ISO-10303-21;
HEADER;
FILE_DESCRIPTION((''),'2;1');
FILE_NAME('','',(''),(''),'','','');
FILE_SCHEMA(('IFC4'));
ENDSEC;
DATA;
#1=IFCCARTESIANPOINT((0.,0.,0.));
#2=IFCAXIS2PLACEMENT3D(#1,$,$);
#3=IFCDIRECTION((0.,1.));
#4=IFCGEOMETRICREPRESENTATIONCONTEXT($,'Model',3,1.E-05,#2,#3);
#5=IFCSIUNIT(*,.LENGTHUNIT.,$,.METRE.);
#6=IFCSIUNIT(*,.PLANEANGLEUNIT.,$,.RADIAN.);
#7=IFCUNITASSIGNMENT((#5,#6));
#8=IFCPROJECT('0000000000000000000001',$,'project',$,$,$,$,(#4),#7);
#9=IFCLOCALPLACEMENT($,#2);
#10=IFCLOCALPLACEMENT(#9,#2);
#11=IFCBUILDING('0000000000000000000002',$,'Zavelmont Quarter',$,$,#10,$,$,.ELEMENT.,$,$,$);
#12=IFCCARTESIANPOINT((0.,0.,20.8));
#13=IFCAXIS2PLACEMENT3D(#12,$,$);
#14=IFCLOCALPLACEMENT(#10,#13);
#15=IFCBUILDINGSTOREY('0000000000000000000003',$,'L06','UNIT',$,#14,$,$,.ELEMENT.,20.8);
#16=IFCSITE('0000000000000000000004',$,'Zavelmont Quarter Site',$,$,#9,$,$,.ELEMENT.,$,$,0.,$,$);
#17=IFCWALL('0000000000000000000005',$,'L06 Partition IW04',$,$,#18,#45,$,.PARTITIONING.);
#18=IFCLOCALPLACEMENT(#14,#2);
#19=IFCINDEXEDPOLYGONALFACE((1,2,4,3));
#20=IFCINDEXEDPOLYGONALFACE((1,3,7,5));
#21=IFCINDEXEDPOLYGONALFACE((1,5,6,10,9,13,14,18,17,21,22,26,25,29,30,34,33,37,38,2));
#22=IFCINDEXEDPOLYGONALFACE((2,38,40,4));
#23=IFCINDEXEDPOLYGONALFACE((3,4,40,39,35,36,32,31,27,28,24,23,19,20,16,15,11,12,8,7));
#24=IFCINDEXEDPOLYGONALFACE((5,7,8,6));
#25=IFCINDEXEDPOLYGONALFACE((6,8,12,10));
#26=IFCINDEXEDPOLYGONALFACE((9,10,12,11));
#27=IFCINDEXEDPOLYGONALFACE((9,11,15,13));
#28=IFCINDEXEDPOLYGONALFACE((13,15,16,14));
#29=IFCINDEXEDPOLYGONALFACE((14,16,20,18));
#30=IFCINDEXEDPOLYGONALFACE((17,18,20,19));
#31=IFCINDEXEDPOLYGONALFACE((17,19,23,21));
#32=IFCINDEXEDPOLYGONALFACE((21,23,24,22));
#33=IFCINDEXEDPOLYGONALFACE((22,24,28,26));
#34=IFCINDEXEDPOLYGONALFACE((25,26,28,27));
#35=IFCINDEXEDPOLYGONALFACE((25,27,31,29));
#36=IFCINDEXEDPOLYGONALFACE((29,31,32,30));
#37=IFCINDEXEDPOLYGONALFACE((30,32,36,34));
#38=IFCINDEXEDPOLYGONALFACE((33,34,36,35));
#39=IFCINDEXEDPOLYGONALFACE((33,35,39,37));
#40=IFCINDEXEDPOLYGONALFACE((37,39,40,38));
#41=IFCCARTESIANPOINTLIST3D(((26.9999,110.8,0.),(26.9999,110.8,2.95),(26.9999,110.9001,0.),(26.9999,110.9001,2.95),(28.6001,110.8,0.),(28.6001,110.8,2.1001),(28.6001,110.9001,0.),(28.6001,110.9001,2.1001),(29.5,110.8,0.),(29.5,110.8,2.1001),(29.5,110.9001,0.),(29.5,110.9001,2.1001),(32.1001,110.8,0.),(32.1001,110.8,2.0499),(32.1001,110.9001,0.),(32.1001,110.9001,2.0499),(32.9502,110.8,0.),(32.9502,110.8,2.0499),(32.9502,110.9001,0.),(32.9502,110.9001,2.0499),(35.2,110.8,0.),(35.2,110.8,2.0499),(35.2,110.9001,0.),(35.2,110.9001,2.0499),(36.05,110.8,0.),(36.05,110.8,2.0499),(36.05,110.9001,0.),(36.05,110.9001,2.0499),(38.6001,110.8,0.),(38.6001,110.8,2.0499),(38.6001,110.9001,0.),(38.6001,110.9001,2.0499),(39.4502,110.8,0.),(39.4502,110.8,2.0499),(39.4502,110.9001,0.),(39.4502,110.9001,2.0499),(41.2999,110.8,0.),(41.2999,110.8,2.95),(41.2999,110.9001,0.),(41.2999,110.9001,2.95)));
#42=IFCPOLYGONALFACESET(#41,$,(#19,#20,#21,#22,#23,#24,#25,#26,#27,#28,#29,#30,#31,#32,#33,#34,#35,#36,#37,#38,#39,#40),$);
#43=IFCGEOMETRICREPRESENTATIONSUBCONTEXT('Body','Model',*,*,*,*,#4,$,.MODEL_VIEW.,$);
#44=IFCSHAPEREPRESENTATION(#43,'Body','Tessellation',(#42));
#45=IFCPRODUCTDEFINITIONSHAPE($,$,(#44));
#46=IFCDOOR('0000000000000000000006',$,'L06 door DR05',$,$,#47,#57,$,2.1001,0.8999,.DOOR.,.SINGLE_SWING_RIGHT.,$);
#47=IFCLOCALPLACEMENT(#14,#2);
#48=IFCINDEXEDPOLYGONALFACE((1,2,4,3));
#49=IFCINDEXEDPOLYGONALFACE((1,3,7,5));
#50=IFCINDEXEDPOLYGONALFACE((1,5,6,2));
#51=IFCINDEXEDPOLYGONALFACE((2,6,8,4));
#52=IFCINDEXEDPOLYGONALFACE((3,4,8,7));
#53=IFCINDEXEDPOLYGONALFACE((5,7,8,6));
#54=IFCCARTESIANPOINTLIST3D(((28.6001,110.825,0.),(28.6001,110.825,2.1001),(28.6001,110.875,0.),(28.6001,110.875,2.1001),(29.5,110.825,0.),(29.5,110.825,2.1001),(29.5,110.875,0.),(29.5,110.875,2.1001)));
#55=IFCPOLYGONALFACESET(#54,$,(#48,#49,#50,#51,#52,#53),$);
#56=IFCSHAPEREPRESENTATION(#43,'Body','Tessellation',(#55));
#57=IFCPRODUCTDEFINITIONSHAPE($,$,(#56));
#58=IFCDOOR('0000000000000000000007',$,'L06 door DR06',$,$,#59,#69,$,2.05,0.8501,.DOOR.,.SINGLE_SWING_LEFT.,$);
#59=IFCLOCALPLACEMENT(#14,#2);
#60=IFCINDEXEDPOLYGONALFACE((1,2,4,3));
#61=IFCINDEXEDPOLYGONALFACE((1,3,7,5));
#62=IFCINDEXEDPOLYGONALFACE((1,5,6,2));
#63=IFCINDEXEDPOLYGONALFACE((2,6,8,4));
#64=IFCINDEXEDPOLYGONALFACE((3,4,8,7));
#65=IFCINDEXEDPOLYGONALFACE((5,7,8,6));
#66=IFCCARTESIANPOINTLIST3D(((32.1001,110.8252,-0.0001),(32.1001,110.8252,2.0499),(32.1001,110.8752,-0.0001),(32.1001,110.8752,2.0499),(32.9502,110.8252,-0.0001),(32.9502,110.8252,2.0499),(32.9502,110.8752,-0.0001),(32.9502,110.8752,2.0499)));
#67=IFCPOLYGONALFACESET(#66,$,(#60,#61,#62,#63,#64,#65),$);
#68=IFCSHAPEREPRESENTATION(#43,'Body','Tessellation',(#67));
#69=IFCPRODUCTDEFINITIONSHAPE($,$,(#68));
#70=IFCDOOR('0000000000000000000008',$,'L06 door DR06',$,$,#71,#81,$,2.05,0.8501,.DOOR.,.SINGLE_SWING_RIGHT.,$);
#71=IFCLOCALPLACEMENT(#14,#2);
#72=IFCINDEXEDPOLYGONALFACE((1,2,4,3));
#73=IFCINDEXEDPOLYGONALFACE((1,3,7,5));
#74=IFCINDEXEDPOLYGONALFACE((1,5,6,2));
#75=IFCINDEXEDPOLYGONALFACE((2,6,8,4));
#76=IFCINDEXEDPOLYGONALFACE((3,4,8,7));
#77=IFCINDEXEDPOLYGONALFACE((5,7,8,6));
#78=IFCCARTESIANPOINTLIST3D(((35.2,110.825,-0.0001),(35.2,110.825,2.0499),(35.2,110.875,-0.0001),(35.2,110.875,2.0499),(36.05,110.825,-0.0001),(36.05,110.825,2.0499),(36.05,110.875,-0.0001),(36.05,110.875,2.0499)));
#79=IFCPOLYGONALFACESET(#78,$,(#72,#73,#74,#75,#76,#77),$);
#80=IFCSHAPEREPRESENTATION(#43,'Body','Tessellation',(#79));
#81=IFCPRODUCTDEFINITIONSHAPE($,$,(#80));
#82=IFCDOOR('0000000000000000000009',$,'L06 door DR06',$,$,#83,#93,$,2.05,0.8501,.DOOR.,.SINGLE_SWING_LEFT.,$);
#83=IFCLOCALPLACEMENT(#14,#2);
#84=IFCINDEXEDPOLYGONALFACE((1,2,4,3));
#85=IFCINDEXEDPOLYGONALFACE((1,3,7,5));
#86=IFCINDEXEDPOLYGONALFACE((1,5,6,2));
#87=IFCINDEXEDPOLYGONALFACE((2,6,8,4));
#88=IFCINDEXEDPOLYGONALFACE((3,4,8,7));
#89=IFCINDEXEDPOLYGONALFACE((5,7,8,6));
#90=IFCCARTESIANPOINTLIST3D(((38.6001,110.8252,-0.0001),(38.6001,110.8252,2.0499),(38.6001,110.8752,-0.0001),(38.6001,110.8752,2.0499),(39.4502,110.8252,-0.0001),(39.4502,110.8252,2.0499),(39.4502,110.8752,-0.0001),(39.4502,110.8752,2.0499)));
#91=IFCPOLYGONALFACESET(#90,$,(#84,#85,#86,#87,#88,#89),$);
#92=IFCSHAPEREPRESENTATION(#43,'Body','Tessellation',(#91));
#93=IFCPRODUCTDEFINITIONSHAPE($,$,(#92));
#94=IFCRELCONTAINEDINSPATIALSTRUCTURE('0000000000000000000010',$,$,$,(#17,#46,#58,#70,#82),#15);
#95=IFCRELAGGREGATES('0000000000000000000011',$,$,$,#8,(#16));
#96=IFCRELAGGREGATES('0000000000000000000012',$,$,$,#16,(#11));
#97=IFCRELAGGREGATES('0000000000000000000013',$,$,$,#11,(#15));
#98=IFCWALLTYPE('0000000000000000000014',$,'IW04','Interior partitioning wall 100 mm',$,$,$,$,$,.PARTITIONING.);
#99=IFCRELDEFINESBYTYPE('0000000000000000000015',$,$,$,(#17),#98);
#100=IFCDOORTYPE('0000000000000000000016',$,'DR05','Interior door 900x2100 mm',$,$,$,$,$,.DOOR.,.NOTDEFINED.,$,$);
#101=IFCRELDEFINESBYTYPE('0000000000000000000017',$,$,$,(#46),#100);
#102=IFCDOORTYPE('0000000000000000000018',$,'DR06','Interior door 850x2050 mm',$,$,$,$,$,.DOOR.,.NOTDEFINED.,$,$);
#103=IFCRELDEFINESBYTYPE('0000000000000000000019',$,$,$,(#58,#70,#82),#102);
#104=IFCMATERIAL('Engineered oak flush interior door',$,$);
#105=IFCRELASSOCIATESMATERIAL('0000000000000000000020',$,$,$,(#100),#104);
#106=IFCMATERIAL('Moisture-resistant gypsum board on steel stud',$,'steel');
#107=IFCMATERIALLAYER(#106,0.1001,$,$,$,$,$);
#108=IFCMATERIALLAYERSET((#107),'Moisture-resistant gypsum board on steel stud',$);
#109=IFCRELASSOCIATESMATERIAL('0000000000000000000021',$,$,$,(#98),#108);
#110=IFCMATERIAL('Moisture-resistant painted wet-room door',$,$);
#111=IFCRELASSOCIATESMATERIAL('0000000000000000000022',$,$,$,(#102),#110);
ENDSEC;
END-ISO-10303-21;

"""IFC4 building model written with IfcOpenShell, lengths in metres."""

from ifc_helpers import new_model, si_unit, direction, frame, frame_2d, origin, origin_with_axes, place, context, subcontext, project, spatial, rectangle, extrude, material, layer, layer_set, type_object, element, fill, save


model = new_model("IFC4")

# Units and contexts
model_context = context("Model", 3, precision=1e-05, world=origin(), true_north=direction((0.0, 1.0)))
body_context = subcontext(model_context, "Body", "Model", "MODEL_VIEW")
ifc_project = project(units=[si_unit("LENGTHUNIT", "METRE"), si_unit("PLANEANGLEUNIT", "RADIAN")], contexts=[model_context])

# Site, building, storey
site_placement = place(None, origin())
site = spatial("IfcSite", under=ifc_project, at=site_placement, Name="Zavelmont Quarter Site", CompositionType="ELEMENT", RefElevation=0.0)
building_placement = place(site_placement, origin())
building = spatial("IfcBuilding", under=site, at=building_placement, Name="Zavelmont Quarter", CompositionType="ELEMENT")
storey_placement = place(building_placement, frame((0.0, 0.0, 20.8)))
storey = spatial("IfcBuildingStorey", under=building, at=storey_placement, Name="L06", Description="UNIT", CompositionType="ELEMENT", Elevation=20.8)

# Shared definitions
ifc_material_1 = material(Name="Engineered oak flush interior door")
door_type_1 = type_object("IfcDoorType", Name="DR05", Description="Interior door 900x2100 mm", OperationType="NOTDEFINED", PredefinedType="DOOR", material=ifc_material_1)

# Wall, openings, doors
ifc_material_2 = material(Name="Moisture-resistant gypsum board on steel stud", Category="steel")
ifc_layer_1 = layer(ifc_material_2, 0.1001)
ifc_layer_set_1 = layer_set([ifc_layer_1], Name="Moisture-resistant gypsum board on steel stud")
wall_type_1 = type_object("IfcWallType", Name="IW04", Description="Interior partitioning wall 100 mm", PredefinedType="PARTITIONING", material=ifc_layer_set_1)
wall_1_placement = place(storey_placement, frame((27.0, 110.8501, 0.0), z_axis=(0.0, 0.0, 1.0), x_axis=(1.0, 0.0, 0.0)))
wall_1 = element("IfcWall", 1, at=wall_1_placement, inside=storey, type_object=wall_type_1, Name="L06 Partition IW04", PredefinedType="PARTITIONING", context=body_context, shape_type="SweptSolid", body=[
    extrude(rectangle(XDim=14.3, YDim=0.1001, at=frame_2d((7.1499, 0.0))), origin(), (0.0, 0.0, 1.0), 2.95),
])
opening_1_placement = place(wall_1_placement, frame((1.6001, 0.0, 0.0)))
opening_1 = element("IfcOpeningElement", 2, at=opening_1_placement, cuts=wall_1, PredefinedType="OPENING", context=body_context, shape_type="SweptSolid", body=[
    extrude(rectangle(XDim=0.8999, YDim=2.1001, at=frame_2d((0.45, 1.05))), frame((0.0, 0.062, 0.0), z_axis=(0.0, -1.0, 0.0), x_axis=(1.0, 0.0, 0.0)), (0.0, 0.0, 1.0), 0.124),
])
opening_2_placement = place(wall_1_placement, frame((5.1001, 0.0, 0.0)))
opening_2 = element("IfcOpeningElement", 3, at=opening_2_placement, cuts=wall_1, PredefinedType="OPENING", context=body_context, shape_type="SweptSolid", body=[
    extrude(rectangle(XDim=0.8501, YDim=2.05, at=frame_2d((0.425, 1.0249))), frame((0.0, 0.062, 0.0), z_axis=(0.0, -1.0, 0.0), x_axis=(1.0, 0.0, 0.0)), (0.0, 0.0, 1.0), 0.124),
])
opening_3_placement = place(wall_1_placement, frame((8.2, 0.0, 0.0)))
opening_3 = element("IfcOpeningElement", 4, at=opening_3_placement, cuts=wall_1, PredefinedType="OPENING", context=body_context, shape_type="SweptSolid", body=[
    extrude(rectangle(XDim=0.8501, YDim=2.05, at=frame_2d((0.425, 1.0249))), frame((0.0, 0.062, 0.0), z_axis=(0.0, -1.0, 0.0), x_axis=(1.0, 0.0, 0.0)), (0.0, 0.0, 1.0), 0.124),
])
opening_4_placement = place(wall_1_placement, frame((11.6001, 0.0, 0.0)))
opening_4 = element("IfcOpeningElement", 5, at=opening_4_placement, cuts=wall_1, PredefinedType="OPENING", context=body_context, shape_type="SweptSolid", body=[
    extrude(rectangle(XDim=0.8501, YDim=2.05, at=frame_2d((0.425, 1.0249))), frame((0.0, 0.062, 0.0), z_axis=(0.0, -1.0, 0.0), x_axis=(1.0, 0.0, 0.0)), (0.0, 0.0, 1.0), 0.124),
])
door_1_placement = place(opening_1_placement, origin_with_axes())
door_1 = element("IfcDoor", 6, at=door_1_placement, inside=storey, type_object=door_type_1, Name="L06 door DR05", OperationType="SINGLE_SWING_RIGHT", OverallHeight=2.1001, OverallWidth=0.8999, PredefinedType="DOOR", context=body_context, shape_type="SweptSolid", body=[
    extrude(rectangle(XDim=0.8999, YDim=2.1001, at=frame_2d((0.45, 1.05))), frame((0.0, 0.0249, 0.0), z_axis=(0.0, -1.0, 0.0), x_axis=(1.0, 0.0, 0.0)), (0.0, 0.0, 1.0), 0.05),
])
fill(opening_1, door_1)
ifc_material_3 = material(Name="Moisture-resistant painted wet-room door")
door_type_2 = type_object("IfcDoorType", Name="DR06", Description="Interior door 850x2050 mm", OperationType="NOTDEFINED", PredefinedType="DOOR", material=ifc_material_3)
door_2_placement = place(opening_2_placement, frame((0.8501, 0.0, 0.0), z_axis=(0.0, 0.0, 1.0), x_axis=(-1.0, 0.0, 0.0)))
door_2 = element("IfcDoor", 7, at=door_2_placement, inside=storey, type_object=door_type_2, Name="L06 door DR06", OperationType="SINGLE_SWING_LEFT", OverallHeight=2.05, OverallWidth=0.8501, PredefinedType="DOOR", context=body_context, shape_type="SweptSolid", body=[
    extrude(rectangle(XDim=0.8501, YDim=2.05, at=frame_2d((0.425, 1.0249))), frame((0.0, 0.0249, 0.0), z_axis=(0.0, -1.0, 0.0), x_axis=(1.0, 0.0, 0.0)), (0.0, 0.0, 1.0), 0.05),
])
fill(opening_2, door_2)
door_3_placement = place(opening_3_placement, origin_with_axes())
door_3 = element("IfcDoor", 8, at=door_3_placement, inside=storey, type_object=door_type_2, Name="L06 door DR06", OperationType="SINGLE_SWING_RIGHT", OverallHeight=2.05, OverallWidth=0.8501, PredefinedType="DOOR", context=body_context, shape_type="SweptSolid", body=[
    extrude(rectangle(XDim=0.8501, YDim=2.05, at=frame_2d((0.425, 1.0249))), frame((0.0, 0.0249, 0.0), z_axis=(0.0, -1.0, 0.0), x_axis=(1.0, 0.0, 0.0)), (0.0, 0.0, 1.0), 0.05),
])
fill(opening_3, door_3)
door_4_placement = place(opening_4_placement, frame((0.8501, 0.0, 0.0), z_axis=(0.0, 0.0, 1.0), x_axis=(-1.0, 0.0, 0.0)))
door_4 = element("IfcDoor", 9, at=door_4_placement, inside=storey, type_object=door_type_2, Name="L06 door DR06", OperationType="SINGLE_SWING_LEFT", OverallHeight=2.05, OverallWidth=0.8501, PredefinedType="DOOR", context=body_context, shape_type="SweptSolid", body=[
    extrude(rectangle(XDim=0.8501, YDim=2.05, at=frame_2d((0.425, 1.0249))), frame((0.0, 0.0249, 0.0), z_axis=(0.0, -1.0, 0.0), x_axis=(1.0, 0.0, 0.0)), (0.0, 0.0, 1.0), 0.05),
])
fill(opening_4, door_4)

save(model, "model.ifc")
